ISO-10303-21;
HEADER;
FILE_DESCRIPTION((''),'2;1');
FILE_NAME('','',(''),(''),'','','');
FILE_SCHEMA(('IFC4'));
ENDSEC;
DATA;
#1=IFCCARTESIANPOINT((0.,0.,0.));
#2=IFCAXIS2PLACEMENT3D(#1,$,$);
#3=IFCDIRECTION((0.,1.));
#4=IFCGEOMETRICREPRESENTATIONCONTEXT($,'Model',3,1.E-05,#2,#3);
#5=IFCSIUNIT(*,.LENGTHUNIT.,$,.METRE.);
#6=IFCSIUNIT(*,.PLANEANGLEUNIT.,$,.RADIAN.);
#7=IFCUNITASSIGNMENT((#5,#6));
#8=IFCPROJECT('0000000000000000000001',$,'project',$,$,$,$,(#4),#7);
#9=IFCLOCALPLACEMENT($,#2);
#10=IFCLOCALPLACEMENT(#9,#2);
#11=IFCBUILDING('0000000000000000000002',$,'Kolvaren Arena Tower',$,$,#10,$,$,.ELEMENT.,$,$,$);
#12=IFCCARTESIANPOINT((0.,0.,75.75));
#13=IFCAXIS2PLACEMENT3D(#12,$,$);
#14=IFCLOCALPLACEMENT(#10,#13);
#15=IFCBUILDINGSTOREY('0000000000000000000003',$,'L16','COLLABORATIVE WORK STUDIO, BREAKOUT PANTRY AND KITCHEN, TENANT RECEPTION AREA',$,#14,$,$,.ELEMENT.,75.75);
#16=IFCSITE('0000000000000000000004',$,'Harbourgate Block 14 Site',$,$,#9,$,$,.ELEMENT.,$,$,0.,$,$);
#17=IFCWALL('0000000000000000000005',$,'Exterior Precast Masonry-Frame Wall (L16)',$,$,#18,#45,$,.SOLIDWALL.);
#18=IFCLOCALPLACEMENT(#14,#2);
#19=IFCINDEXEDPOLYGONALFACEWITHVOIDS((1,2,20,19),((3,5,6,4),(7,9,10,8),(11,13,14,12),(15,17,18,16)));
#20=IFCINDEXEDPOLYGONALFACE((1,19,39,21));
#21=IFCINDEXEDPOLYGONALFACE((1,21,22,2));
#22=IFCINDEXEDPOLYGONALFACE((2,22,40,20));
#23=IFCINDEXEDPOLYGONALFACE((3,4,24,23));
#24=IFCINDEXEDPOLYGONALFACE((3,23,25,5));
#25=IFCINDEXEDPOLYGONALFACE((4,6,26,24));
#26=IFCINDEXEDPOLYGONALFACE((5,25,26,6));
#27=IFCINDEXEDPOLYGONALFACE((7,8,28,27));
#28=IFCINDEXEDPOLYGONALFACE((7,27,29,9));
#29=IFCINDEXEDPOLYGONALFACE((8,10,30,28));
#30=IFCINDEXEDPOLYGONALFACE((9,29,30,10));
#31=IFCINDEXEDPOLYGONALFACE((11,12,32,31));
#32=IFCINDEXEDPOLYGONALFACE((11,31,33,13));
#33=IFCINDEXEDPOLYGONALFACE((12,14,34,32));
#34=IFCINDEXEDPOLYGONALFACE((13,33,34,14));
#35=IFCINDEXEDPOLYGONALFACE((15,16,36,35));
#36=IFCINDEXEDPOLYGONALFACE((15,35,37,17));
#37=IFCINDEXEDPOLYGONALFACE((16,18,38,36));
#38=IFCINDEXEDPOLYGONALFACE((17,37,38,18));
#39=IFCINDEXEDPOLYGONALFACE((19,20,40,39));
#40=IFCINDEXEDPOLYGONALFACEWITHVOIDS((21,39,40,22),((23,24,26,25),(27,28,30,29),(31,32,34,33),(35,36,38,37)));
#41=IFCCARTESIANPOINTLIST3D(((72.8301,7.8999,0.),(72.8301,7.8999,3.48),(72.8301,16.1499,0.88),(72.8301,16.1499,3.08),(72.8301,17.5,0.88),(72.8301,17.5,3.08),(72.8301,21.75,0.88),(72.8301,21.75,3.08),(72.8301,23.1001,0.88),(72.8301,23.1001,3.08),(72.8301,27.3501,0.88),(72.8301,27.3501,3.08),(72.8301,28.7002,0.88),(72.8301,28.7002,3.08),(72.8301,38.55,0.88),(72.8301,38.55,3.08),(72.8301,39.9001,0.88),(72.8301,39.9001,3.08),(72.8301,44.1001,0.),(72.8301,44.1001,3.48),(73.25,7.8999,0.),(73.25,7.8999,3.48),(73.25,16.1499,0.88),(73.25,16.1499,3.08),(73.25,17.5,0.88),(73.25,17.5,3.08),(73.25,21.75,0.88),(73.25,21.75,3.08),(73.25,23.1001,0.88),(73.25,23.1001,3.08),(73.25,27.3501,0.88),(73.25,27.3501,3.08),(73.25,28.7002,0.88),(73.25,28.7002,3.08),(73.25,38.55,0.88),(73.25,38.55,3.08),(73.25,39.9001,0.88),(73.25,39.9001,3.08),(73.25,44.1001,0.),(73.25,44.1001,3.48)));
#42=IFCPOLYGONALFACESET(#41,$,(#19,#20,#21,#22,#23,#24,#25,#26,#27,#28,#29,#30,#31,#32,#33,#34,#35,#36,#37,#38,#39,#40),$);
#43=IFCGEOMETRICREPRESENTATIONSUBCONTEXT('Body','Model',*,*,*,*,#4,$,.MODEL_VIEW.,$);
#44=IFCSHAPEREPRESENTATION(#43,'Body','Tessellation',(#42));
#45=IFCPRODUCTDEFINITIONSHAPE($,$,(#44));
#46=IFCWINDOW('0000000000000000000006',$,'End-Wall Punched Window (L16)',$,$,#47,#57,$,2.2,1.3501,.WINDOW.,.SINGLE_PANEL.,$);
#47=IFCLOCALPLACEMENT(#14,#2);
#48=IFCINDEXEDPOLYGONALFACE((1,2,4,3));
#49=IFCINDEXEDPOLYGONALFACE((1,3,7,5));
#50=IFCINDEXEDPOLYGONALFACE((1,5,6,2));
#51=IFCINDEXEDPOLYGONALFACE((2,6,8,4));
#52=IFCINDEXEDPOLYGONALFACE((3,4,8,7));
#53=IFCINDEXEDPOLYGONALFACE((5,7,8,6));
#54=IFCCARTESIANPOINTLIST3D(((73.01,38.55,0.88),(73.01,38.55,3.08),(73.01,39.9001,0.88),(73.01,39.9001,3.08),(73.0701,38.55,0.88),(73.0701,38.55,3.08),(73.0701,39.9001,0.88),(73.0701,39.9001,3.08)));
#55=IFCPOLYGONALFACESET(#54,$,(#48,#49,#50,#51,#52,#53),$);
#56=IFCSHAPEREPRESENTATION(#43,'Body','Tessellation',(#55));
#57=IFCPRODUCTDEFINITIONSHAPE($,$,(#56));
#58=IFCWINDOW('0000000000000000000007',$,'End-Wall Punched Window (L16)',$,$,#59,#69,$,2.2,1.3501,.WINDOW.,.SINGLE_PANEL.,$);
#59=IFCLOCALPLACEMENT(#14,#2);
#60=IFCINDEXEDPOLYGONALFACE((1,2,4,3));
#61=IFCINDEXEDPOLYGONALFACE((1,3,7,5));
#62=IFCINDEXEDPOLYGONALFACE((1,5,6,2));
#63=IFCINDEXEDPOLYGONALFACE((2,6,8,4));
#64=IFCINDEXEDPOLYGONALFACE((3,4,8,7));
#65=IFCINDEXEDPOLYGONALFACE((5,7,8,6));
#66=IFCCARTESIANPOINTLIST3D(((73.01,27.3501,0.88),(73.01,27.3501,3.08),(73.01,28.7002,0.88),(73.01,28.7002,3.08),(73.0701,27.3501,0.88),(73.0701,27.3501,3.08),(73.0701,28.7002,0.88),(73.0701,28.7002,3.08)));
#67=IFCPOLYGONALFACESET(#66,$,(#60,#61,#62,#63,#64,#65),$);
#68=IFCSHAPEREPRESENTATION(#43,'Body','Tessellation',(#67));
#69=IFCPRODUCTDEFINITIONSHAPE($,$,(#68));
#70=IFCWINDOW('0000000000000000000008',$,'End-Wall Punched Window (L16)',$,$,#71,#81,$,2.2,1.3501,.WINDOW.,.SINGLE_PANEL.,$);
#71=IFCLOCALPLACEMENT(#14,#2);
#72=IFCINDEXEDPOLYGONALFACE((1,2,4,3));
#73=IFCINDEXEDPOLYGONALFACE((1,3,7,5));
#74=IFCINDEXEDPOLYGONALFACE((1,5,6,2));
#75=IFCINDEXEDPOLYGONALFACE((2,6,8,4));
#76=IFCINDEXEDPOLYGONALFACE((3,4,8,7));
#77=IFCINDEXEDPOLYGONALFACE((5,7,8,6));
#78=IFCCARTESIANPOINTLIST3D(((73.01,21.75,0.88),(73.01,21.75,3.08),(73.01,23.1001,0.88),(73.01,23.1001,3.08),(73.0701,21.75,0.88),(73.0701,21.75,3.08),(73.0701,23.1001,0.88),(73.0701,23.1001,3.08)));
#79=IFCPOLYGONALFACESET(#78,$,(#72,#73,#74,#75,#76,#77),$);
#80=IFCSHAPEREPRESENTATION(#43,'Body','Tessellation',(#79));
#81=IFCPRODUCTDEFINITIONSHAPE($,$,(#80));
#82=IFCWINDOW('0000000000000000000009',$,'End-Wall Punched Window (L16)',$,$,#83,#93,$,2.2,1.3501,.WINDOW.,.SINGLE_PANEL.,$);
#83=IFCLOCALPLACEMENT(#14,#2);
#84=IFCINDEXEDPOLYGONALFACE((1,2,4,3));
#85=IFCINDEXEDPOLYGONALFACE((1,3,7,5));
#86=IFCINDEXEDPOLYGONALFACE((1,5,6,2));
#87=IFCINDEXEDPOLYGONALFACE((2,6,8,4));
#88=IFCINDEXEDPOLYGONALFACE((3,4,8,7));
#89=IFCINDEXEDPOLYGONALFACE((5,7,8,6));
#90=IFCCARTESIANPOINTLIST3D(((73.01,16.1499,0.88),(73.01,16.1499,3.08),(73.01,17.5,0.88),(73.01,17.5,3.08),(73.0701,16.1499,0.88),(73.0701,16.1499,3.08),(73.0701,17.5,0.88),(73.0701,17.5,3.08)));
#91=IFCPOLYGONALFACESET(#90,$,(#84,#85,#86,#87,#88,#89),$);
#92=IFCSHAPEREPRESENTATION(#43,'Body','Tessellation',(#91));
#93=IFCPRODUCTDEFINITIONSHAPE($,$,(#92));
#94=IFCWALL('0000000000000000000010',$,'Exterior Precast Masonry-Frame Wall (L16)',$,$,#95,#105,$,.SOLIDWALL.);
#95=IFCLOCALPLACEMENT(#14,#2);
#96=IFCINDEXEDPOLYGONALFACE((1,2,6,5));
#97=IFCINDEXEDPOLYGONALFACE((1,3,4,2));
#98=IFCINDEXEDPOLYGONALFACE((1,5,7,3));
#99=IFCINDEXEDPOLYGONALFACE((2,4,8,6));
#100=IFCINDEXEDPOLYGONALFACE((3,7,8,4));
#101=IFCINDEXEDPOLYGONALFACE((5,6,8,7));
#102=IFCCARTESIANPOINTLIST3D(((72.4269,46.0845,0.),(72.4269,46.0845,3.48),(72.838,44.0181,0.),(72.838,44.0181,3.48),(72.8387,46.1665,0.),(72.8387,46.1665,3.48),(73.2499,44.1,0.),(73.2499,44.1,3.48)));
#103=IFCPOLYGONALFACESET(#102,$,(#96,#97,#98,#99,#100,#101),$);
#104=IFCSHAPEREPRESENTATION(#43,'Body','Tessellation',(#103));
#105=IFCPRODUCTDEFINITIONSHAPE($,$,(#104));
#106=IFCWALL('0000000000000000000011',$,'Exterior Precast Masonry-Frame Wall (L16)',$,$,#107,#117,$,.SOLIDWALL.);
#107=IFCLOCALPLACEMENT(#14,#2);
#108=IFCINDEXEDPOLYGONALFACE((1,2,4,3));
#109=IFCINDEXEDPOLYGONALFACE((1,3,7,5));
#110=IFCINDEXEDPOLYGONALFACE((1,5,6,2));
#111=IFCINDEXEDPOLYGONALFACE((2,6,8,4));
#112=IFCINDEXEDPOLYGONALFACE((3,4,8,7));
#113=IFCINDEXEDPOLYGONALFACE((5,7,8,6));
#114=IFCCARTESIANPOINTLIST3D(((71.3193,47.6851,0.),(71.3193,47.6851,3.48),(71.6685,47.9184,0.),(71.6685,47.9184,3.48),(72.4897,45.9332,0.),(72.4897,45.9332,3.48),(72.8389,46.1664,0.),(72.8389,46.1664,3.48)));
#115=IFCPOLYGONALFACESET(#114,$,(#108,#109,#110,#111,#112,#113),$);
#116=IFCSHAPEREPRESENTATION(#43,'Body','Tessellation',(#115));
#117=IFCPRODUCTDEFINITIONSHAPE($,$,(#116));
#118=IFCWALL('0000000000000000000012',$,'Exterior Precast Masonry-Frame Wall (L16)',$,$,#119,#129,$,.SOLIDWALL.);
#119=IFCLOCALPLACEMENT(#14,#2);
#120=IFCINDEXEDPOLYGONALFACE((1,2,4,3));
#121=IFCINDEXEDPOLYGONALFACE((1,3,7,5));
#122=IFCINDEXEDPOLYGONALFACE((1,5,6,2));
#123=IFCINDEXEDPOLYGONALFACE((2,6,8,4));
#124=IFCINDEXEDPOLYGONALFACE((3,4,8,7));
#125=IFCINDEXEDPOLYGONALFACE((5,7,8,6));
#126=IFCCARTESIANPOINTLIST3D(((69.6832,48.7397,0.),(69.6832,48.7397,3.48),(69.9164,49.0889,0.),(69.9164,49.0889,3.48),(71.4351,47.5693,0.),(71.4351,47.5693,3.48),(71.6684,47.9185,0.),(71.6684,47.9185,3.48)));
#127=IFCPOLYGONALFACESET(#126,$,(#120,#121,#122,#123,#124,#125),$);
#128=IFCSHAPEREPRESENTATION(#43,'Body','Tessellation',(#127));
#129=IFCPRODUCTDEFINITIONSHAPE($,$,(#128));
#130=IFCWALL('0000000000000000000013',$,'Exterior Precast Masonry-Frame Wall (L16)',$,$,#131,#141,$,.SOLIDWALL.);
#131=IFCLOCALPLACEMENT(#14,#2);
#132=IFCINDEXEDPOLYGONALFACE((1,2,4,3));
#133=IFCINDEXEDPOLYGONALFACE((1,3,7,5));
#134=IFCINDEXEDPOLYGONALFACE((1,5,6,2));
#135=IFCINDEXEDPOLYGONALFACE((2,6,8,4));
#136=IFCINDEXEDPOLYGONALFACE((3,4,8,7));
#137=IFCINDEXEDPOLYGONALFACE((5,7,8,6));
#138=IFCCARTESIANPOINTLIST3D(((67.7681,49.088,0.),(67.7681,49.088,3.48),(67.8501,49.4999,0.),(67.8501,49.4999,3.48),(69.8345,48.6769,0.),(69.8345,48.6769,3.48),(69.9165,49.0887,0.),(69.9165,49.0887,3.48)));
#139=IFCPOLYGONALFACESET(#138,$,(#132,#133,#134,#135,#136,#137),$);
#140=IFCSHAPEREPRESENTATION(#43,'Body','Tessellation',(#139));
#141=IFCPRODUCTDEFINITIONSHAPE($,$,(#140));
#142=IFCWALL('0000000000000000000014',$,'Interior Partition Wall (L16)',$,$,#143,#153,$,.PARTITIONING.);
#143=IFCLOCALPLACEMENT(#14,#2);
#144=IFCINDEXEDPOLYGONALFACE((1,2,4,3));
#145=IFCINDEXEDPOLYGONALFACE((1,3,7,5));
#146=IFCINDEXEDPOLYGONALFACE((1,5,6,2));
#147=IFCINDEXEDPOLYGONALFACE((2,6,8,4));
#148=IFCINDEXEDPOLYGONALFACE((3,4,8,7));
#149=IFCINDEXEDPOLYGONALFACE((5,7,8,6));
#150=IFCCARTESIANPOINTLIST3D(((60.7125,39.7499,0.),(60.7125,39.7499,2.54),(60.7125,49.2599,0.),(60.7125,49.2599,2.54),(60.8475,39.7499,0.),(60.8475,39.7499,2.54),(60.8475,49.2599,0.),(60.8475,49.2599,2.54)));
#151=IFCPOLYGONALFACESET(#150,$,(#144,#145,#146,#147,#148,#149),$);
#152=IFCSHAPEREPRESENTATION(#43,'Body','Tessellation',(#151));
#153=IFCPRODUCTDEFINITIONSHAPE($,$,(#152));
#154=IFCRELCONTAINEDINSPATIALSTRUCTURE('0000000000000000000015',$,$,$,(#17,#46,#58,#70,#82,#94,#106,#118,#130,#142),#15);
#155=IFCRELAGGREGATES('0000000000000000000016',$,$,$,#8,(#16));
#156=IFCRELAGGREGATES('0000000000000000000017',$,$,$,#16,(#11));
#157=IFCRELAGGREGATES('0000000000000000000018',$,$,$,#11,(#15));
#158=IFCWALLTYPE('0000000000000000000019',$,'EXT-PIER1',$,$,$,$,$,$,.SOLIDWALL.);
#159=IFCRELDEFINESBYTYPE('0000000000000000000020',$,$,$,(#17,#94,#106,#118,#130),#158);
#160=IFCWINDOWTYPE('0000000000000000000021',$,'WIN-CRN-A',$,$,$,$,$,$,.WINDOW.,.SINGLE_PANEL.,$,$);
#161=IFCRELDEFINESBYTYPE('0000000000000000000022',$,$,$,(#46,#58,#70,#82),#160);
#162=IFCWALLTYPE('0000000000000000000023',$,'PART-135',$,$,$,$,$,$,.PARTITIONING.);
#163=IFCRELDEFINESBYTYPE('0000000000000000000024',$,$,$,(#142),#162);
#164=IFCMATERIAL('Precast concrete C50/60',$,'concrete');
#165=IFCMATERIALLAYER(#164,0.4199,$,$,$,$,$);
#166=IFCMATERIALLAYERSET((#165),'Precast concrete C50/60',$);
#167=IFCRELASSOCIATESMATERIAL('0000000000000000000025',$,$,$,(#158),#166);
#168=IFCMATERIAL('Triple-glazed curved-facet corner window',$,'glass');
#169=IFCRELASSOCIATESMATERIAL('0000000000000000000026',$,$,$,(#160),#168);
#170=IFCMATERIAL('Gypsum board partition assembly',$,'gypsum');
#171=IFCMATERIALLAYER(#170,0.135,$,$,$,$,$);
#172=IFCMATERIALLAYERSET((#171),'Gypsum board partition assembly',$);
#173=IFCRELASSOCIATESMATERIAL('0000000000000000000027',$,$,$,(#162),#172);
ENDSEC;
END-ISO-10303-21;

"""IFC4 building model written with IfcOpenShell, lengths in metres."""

from ifc_helpers import new_model, si_unit, direction, frame, frame_2d, origin, place, context, subcontext, project, spatial, rectangle, extrude, material, layer, layer_set, type_object, element, fill, save


model = new_model("IFC4")

# Units and contexts
model_context = context("Model", 3, precision=1e-05, world=origin(), true_north=direction((0.0, 1.0)))
body_context = subcontext(model_context, "Body", "Model", "MODEL_VIEW")
ifc_project = project(units=[si_unit("LENGTHUNIT", "METRE"), si_unit("PLANEANGLEUNIT", "RADIAN")], contexts=[model_context])

# Site, building, storey
site_placement = place(None, origin())
site = spatial("IfcSite", under=ifc_project, at=site_placement, Name="Harbourgate Block 14 Site", CompositionType="ELEMENT", RefElevation=0.0)
building_placement = place(site_placement, origin())
building = spatial("IfcBuilding", under=site, at=building_placement, Name="Kolvaren Arena Tower", CompositionType="ELEMENT")
storey_placement = place(building_placement, frame((0.0, 0.0, 75.75)))
storey = spatial("IfcBuildingStorey", under=building, at=storey_placement, Name="L16", Description="COLLABORATIVE WORK STUDIO, BREAKOUT PANTRY AND KITCHEN, TENANT RECEPTION AREA", CompositionType="ELEMENT", Elevation=75.75)

# Wall, openings, windows
ifc_material_1 = material(Name="Precast concrete C50/60", Category="concrete")
ifc_layer_1 = layer(ifc_material_1, 0.4199)
ifc_layer_set_1 = layer_set([ifc_layer_1], Name="Precast concrete C50/60")
wall_type_1 = type_object("IfcWallType", Name="EXT-PIER1", PredefinedType="SOLIDWALL", material=ifc_layer_set_1)
wall_1_placement = place(storey_placement, frame((73.04, 44.1001, 0.0), z_axis=(0.0, 0.0, 1.0), x_axis=(0.0, -1.0, 0.0)))
wall_1 = element("IfcWall", 1, at=wall_1_placement, inside=storey, type_object=wall_type_1, Name="Exterior Precast Masonry-Frame Wall (L16)", PredefinedType="SOLIDWALL", context=body_context, shape_type="SweptSolid", body=[
    extrude(rectangle(XDim=36.2002, YDim=0.4199, at=frame_2d((18.1001, 0.0))), origin(), (0.0, 0.0, 1.0), 3.48),
])
opening_1_placement = place(wall_1_placement, frame((4.2, 0.0, 0.8799)))
opening_1 = element("IfcOpeningElement", 2, at=opening_1_placement, cuts=wall_1, PredefinedType="OPENING", context=body_context, shape_type="SweptSolid", body=[
    extrude(rectangle(XDim=1.3501, YDim=2.2, at=frame_2d((0.675, 1.1001))), frame((0.0, 0.22, 0.0), z_axis=(0.0, -1.0, 0.0), x_axis=(1.0, 0.0, 0.0)), (0.0, 0.0, 1.0), 0.4399),
])
opening_2_placement = place(wall_1_placement, frame((15.3999, 0.0, 0.8799)))
opening_2 = element("IfcOpeningElement", 3, at=opening_2_placement, cuts=wall_1, PredefinedType="OPENING", context=body_context, shape_type="SweptSolid", body=[
    extrude(rectangle(XDim=1.3501, YDim=2.2, at=frame_2d((0.675, 1.1001))), frame((0.0, 0.22, 0.0), z_axis=(0.0, -1.0, 0.0), x_axis=(1.0, 0.0, 0.0)), (0.0, 0.0, 1.0), 0.4399),
])
opening_3_placement = place(wall_1_placement, frame((21.0, 0.0, 0.8799)))
opening_3 = element("IfcOpeningElement", 4, at=opening_3_placement, cuts=wall_1, PredefinedType="OPENING", context=body_context, shape_type="SweptSolid", body=[
    extrude(rectangle(XDim=1.3501, YDim=2.2, at=frame_2d((0.675, 1.1001))), frame((0.0, 0.22, 0.0), z_axis=(0.0, -1.0, 0.0), x_axis=(1.0, 0.0, 0.0)), (0.0, 0.0, 1.0), 0.4399),
])
opening_4_placement = place(wall_1_placement, frame((26.6001, 0.0, 0.8799)))
opening_4 = element("IfcOpeningElement", 5, at=opening_4_placement, cuts=wall_1, PredefinedType="OPENING", context=body_context, shape_type="SweptSolid", body=[
    extrude(rectangle(XDim=1.3501, YDim=2.2, at=frame_2d((0.675, 1.1001))), frame((0.0, 0.22, 0.0), z_axis=(0.0, -1.0, 0.0), x_axis=(1.0, 0.0, 0.0)), (0.0, 0.0, 1.0), 0.4399),
])
ifc_material_2 = material(Name="Triple-glazed curved-facet corner window", Category="glass")
window_type = type_object("IfcWindowType", Name="WIN-CRN-A", PartitioningType="SINGLE_PANEL", PredefinedType="WINDOW", material=ifc_material_2)
window_1_placement = place(opening_1_placement, origin())
window_1 = element("IfcWindow", 6, at=window_1_placement, inside=storey, type_object=window_type, Name="End-Wall Punched Window (L16)", OverallHeight=2.2, OverallWidth=1.3501, PartitioningType="SINGLE_PANEL", PredefinedType="WINDOW", context=body_context, shape_type="SweptSolid", body=[
    extrude(rectangle(XDim=1.3501, YDim=2.2, at=frame_2d((0.675, 1.1001))), frame((0.0, 0.03, 0.0), z_axis=(0.0, -1.0, 0.0), x_axis=(1.0, 0.0, 0.0)), (0.0, 0.0, 1.0), 0.0601),
])
fill(opening_1, window_1)
window_2_placement = place(opening_2_placement, origin())
window_2 = element("IfcWindow", 7, at=window_2_placement, inside=storey, type_object=window_type, Name="End-Wall Punched Window (L16)", OverallHeight=2.2, OverallWidth=1.3501, PartitioningType="SINGLE_PANEL", PredefinedType="WINDOW", context=body_context, shape_type="SweptSolid", body=[
    extrude(rectangle(XDim=1.3501, YDim=2.2, at=frame_2d((0.675, 1.1001))), frame((0.0, 0.03, 0.0), z_axis=(0.0, -1.0, 0.0), x_axis=(1.0, 0.0, 0.0)), (0.0, 0.0, 1.0), 0.0601),
])
fill(opening_2, window_2)
window_3_placement = place(opening_3_placement, origin())
window_3 = element("IfcWindow", 8, at=window_3_placement, inside=storey, type_object=window_type, Name="End-Wall Punched Window (L16)", OverallHeight=2.2, OverallWidth=1.3501, PartitioningType="SINGLE_PANEL", PredefinedType="WINDOW", context=body_context, shape_type="SweptSolid", body=[
    extrude(rectangle(XDim=1.3501, YDim=2.2, at=frame_2d((0.675, 1.1001))), frame((0.0, 0.03, 0.0), z_axis=(0.0, -1.0, 0.0), x_axis=(1.0, 0.0, 0.0)), (0.0, 0.0, 1.0), 0.0601),
])
fill(opening_3, window_3)
window_4_placement = place(opening_4_placement, origin())
window_4 = element("IfcWindow", 9, at=window_4_placement, inside=storey, type_object=window_type, Name="End-Wall Punched Window (L16)", OverallHeight=2.2, OverallWidth=1.3501, PartitioningType="SINGLE_PANEL", PredefinedType="WINDOW", context=body_context, shape_type="SweptSolid", body=[
    extrude(rectangle(XDim=1.3501, YDim=2.2, at=frame_2d((0.675, 1.1001))), frame((0.0, 0.03, 0.0), z_axis=(0.0, -1.0, 0.0), x_axis=(1.0, 0.0, 0.0)), (0.0, 0.0, 1.0), 0.0601),
])
fill(opening_4, window_4)

# Walls
for number, where, z_axis, x_axis, name in (
    (10, (72.6328, 46.1255, 0.0), (0.0, 0.0, 1.0), (0.195136, -0.980776, 0.0), "Exterior Precast Masonry-Frame Wall (L16)"),
    (11, (71.4939, 47.8018, 0.0), (0.0, 0.0, 1.0), (0.555502, -0.831515, 0.0), "Exterior Precast Masonry-Frame Wall (L16)"),
    (12, (69.7998, 48.9143, 0.0), (0.0, 0.0, 1.0), (0.831515, -0.555502, 0.0), "Exterior Precast Masonry-Frame Wall (L16)"),
    (13, (67.8091, 49.2939, 0.0), (0.0, 0.0, 1.0), (0.980776, -0.195136, 0.0), "Exterior Precast Masonry-Frame Wall (L16)"),
):
    element("IfcWall", number, at=place(storey_placement, frame(where, z_axis=z_axis, x_axis=x_axis)), inside=storey, type_object=wall_type_1, Name=name, PredefinedType="SOLIDWALL", context=body_context, shape_type="SweptSolid", body=[
        extrude(rectangle(XDim=2.1069, YDim=0.4199, at=frame_2d((1.0535, 0.0))), origin(), (0.0, 0.0, 1.0), 3.48),
    ])
ifc_material_3 = material(Name="Gypsum board partition assembly", Category="gypsum")
ifc_layer_2 = layer(ifc_material_3, 0.135)
ifc_layer_set_2 = layer_set([ifc_layer_2], Name="Gypsum board partition assembly")
wall_type_2 = type_object("IfcWallType", Name="PART-135", PredefinedType="PARTITIONING", material=ifc_layer_set_2)
wall_2_placement = place(storey_placement, frame((60.78, 39.75, 0.0), z_axis=(0.0, 0.0, 1.0), x_axis=(0.0, 1.0, 0.0)))
element("IfcWall", 14, at=wall_2_placement, inside=storey, type_object=wall_type_2, Name="Interior Partition Wall (L16)", PredefinedType="PARTITIONING", context=body_context, shape_type="SweptSolid", body=[
    extrude(rectangle(XDim=9.51, YDim=0.135, at=frame_2d((4.7549, 0.0))), origin(), (0.0, 0.0, 1.0), 2.54),
])

save(model, "model.ifc")
